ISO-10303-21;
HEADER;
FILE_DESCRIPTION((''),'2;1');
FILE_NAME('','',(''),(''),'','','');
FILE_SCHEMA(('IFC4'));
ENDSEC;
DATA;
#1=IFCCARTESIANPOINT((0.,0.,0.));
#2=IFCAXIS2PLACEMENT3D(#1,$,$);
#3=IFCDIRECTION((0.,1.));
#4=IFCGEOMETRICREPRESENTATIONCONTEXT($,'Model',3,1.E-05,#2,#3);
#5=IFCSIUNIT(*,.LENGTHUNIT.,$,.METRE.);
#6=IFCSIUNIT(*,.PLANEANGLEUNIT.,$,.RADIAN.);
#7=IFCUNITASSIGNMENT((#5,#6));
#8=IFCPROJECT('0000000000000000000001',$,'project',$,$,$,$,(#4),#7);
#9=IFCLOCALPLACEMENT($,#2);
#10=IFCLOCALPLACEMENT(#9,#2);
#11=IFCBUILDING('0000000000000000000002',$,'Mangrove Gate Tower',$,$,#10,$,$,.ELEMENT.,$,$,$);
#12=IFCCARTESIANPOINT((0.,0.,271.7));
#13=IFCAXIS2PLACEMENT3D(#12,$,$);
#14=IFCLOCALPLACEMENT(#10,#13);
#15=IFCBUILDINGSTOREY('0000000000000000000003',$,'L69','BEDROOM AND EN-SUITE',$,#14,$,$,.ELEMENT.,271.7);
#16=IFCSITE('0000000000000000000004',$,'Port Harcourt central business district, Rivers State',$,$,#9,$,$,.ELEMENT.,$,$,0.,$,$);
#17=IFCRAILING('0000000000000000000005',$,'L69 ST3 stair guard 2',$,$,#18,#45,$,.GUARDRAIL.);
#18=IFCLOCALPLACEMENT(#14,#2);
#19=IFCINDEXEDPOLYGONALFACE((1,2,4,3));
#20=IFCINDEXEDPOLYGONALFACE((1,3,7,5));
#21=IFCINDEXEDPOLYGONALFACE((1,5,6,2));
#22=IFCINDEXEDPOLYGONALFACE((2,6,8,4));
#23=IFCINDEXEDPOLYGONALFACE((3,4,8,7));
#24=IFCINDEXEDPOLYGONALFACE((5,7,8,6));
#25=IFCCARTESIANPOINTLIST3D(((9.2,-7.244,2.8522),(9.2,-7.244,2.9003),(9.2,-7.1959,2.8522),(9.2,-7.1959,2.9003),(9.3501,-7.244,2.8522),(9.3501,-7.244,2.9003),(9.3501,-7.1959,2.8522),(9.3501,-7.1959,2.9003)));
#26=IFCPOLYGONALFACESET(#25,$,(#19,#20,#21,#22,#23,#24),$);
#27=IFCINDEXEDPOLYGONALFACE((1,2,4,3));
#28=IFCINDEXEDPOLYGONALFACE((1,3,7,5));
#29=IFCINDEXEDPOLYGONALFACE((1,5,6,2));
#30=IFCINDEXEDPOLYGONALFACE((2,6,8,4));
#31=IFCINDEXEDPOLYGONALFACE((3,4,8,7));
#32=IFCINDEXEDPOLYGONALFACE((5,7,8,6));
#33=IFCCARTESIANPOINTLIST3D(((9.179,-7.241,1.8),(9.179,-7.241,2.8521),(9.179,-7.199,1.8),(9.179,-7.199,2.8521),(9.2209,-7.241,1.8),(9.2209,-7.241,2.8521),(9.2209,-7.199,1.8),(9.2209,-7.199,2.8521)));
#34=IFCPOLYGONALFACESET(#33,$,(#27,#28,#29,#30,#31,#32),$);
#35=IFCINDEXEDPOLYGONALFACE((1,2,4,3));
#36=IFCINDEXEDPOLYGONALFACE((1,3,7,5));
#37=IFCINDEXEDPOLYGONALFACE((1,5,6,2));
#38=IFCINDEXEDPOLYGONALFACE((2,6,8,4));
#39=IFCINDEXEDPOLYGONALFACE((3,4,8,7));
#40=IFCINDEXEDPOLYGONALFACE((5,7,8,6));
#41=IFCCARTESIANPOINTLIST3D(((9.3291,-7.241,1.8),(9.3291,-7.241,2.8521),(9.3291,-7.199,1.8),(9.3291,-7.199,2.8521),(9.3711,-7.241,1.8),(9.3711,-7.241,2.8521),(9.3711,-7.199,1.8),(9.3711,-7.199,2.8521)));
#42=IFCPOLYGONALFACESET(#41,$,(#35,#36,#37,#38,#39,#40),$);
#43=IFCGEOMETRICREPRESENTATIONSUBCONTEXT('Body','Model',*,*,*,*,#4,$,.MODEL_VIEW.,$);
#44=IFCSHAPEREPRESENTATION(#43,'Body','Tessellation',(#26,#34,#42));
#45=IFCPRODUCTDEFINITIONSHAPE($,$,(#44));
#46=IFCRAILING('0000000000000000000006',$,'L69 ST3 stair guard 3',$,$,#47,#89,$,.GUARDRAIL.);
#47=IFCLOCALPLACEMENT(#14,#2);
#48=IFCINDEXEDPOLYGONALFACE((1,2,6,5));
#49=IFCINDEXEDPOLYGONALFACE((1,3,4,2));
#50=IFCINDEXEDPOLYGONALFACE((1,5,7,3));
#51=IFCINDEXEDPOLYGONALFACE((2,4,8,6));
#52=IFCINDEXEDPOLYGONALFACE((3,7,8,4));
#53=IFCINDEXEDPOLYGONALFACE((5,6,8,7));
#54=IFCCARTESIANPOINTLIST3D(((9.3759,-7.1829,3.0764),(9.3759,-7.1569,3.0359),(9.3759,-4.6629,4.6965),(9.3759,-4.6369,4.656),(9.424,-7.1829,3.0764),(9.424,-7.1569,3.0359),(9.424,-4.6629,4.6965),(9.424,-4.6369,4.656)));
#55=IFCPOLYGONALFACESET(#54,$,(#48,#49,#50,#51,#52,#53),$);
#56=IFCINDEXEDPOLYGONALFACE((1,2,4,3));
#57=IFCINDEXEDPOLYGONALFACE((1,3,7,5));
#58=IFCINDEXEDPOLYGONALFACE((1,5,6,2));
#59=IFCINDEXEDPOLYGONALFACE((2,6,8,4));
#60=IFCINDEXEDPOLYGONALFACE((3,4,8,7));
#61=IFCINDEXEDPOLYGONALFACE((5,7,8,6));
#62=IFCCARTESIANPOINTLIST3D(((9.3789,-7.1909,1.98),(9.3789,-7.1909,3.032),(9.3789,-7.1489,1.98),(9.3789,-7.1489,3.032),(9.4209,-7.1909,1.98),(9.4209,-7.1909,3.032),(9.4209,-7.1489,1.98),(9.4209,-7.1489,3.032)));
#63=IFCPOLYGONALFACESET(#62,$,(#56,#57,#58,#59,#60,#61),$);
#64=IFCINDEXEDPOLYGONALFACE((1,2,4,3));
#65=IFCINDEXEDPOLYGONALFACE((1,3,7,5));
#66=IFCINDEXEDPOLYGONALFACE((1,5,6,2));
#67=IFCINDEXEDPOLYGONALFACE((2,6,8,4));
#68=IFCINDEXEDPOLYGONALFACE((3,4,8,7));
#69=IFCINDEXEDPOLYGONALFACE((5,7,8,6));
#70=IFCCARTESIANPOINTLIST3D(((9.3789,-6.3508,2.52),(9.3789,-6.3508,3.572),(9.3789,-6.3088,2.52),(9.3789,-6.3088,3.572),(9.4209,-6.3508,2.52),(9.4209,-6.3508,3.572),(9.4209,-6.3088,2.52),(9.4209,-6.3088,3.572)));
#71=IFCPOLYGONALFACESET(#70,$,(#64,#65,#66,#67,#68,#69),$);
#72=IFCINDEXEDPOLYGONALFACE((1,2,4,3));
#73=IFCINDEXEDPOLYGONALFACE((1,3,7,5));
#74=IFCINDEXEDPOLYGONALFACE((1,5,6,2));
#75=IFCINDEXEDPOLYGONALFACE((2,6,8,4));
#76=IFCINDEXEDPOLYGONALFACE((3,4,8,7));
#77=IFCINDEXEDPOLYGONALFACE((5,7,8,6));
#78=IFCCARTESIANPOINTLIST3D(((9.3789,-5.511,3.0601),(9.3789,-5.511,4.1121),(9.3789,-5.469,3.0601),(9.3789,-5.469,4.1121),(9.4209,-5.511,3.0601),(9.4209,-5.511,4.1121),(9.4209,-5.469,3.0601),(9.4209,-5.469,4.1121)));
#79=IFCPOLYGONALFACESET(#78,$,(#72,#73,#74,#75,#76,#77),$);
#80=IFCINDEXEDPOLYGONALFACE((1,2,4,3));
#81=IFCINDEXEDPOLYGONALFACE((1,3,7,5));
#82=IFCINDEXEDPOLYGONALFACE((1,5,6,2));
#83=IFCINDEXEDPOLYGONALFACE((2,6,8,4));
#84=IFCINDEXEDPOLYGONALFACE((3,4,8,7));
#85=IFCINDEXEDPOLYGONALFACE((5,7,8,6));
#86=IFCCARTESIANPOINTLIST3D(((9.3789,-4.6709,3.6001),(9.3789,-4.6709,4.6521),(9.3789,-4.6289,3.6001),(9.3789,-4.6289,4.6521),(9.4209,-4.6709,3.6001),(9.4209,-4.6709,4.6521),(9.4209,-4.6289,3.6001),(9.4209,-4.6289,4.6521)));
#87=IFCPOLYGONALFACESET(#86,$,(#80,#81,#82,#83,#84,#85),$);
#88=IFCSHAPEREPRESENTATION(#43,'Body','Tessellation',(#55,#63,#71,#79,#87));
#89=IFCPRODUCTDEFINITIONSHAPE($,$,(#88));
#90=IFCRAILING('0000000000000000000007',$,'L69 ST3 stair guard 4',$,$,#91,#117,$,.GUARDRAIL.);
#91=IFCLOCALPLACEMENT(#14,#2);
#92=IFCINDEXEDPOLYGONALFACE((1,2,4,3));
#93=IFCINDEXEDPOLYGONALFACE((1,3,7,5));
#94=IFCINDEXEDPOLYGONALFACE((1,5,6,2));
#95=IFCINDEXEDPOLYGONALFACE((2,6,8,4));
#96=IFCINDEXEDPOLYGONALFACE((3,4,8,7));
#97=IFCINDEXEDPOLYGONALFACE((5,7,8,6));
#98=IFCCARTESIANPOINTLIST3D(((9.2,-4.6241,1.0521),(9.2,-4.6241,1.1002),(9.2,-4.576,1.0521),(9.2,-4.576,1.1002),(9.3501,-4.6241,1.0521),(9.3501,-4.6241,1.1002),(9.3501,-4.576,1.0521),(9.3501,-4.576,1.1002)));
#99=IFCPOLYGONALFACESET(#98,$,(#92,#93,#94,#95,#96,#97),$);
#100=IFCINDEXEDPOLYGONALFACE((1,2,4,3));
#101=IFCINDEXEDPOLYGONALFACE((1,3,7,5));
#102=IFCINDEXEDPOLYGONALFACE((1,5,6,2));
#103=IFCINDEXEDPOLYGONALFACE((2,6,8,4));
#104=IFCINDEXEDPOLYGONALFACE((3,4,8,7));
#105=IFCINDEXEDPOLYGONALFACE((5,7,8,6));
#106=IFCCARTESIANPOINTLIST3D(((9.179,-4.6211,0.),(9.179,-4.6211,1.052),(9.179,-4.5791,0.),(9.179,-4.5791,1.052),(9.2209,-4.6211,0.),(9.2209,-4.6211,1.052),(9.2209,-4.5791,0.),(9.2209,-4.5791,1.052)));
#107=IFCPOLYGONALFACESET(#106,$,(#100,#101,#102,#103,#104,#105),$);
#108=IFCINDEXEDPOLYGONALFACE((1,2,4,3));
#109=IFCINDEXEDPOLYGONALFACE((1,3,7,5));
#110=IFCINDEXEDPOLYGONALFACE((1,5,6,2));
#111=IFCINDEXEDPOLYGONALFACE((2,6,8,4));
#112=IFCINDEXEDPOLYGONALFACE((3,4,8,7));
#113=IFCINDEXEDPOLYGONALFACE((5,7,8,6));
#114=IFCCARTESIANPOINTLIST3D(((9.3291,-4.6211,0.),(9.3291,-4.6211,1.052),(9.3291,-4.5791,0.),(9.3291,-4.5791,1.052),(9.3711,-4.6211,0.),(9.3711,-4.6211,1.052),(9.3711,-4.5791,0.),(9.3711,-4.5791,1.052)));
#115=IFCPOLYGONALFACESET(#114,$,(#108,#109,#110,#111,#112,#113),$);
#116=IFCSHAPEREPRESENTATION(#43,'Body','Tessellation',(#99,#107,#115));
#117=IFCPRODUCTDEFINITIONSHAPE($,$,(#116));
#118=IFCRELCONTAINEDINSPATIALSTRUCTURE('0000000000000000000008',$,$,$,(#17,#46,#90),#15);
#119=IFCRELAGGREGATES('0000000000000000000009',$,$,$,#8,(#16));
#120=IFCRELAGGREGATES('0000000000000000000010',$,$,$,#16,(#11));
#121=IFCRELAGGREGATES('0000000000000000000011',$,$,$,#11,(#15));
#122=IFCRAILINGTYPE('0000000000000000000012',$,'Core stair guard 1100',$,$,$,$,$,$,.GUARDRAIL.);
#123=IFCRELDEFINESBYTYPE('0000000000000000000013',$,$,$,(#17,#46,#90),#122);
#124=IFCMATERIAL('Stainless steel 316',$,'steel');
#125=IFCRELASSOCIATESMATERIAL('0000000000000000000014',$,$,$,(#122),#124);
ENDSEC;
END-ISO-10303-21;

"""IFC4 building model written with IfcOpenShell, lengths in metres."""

from ifc_helpers import new_model, si_unit, direction, frame, origin, origin_2d, place, context, subcontext, project, spatial, rectangle, extrude, material, type_object, element, save


model = new_model("IFC4")

# Units and contexts
model_context = context("Model", 3, precision=1e-05, world=origin(), true_north=direction((0.0, 1.0)))
body_context = subcontext(model_context, "Body", "Model", "MODEL_VIEW")
ifc_project = project(units=[si_unit("LENGTHUNIT", "METRE"), si_unit("PLANEANGLEUNIT", "RADIAN")], contexts=[model_context])

# Site, building, storey
site_placement = place(None, origin())
site = spatial("IfcSite", under=ifc_project, at=site_placement, Name="Port Harcourt central business district, Rivers State", CompositionType="ELEMENT", RefElevation=0.0)
building_placement = place(site_placement, origin())
building = spatial("IfcBuilding", under=site, at=building_placement, Name="Mangrove Gate Tower", CompositionType="ELEMENT")
storey_placement = place(building_placement, frame((0.0, 0.0, 271.7)))
storey = spatial("IfcBuildingStorey", under=building, at=storey_placement, Name="L69", Description="BEDROOM AND EN-SUITE", CompositionType="ELEMENT", Elevation=271.7)

# Railings
ifc_material_1 = material(Name="Stainless steel 316", Category="steel")
railing_type_1 = type_object("IfcRailingType", Name="Core stair guard 1100", PredefinedType="GUARDRAIL", material=ifc_material_1)
railing_1_placement = place(storey_placement, frame((9.2, -7.22, 1.8)))
element("IfcRailing", 1, at=railing_1_placement, inside=storey, type_object=railing_type_1, Name="L69 ST3 stair guard 2", PredefinedType="GUARDRAIL", context=body_context, shape_type="SweptSolid", body=[
    extrude(rectangle(XDim=0.0481, YDim=0.0481, at=origin_2d()), frame((0.0, 0.0, 1.0762), z_axis=(1.0, 0.0, 0.0), x_axis=(0.0, 1.0, 0.0)), (0.0, 0.0, 1.0), 0.1501),
    extrude(rectangle(XDim=0.042, YDim=0.042, at=origin_2d()), origin(), (0.0, 0.0, 1.0), 1.052),
    extrude(rectangle(XDim=0.042, YDim=0.042, at=origin_2d()), frame((0.1501, 0.0, 0.0)), (0.0, 0.0, 1.0), 1.052),
])
railing_2_placement = place(storey_placement, frame((9.3999, -7.1699, 1.98)))
element("IfcRailing", 2, at=railing_2_placement, inside=storey, type_object=railing_type_1, Name="L69 ST3 stair guard 3", PredefinedType="GUARDRAIL", context=body_context, shape_type="SweptSolid", body=[
    extrude(rectangle(XDim=0.0481, YDim=0.0481, at=origin_2d()), frame((0.0, 0.0, 1.0762), z_axis=(0.0, 0.841163, 0.540782), x_axis=(-1.0, 0.0, 0.0)), (0.0, 0.0, 1.0), 2.9958),
    extrude(rectangle(XDim=0.042, YDim=0.042, at=origin_2d()), origin(), (0.0, 0.0, 1.0), 1.052),
    extrude(rectangle(XDim=0.042, YDim=0.042, at=origin_2d()), frame((0.0, 0.8401, 0.54)), (0.0, 0.0, 1.0), 1.052),
    extrude(rectangle(XDim=0.042, YDim=0.042, at=origin_2d()), frame((0.0, 1.6799, 1.0801)), (0.0, 0.0, 1.0), 1.052),
    extrude(rectangle(XDim=0.042, YDim=0.042, at=origin_2d()), frame((0.0, 2.52, 1.6201)), (0.0, 0.0, 1.0), 1.052),
])
railing_3_placement = place(storey_placement, frame((9.2, -4.6001, 0.0)))
element("IfcRailing", 3, at=railing_3_placement, inside=storey, type_object=railing_type_1, Name="L69 ST3 stair guard 4", PredefinedType="GUARDRAIL", context=body_context, shape_type="SweptSolid", body=[
    extrude(rectangle(XDim=0.0481, YDim=0.0481, at=origin_2d()), frame((0.0, 0.0, 1.0762), z_axis=(1.0, 0.0, 0.0), x_axis=(0.0, 1.0, 0.0)), (0.0, 0.0, 1.0), 0.1501),
    extrude(rectangle(XDim=0.042, YDim=0.042, at=origin_2d()), origin(), (0.0, 0.0, 1.0), 1.052),
    extrude(rectangle(XDim=0.042, YDim=0.042, at=origin_2d()), frame((0.1501, 0.0, 0.0)), (0.0, 0.0, 1.0), 1.052),
])

save(model, "model.ifc")
